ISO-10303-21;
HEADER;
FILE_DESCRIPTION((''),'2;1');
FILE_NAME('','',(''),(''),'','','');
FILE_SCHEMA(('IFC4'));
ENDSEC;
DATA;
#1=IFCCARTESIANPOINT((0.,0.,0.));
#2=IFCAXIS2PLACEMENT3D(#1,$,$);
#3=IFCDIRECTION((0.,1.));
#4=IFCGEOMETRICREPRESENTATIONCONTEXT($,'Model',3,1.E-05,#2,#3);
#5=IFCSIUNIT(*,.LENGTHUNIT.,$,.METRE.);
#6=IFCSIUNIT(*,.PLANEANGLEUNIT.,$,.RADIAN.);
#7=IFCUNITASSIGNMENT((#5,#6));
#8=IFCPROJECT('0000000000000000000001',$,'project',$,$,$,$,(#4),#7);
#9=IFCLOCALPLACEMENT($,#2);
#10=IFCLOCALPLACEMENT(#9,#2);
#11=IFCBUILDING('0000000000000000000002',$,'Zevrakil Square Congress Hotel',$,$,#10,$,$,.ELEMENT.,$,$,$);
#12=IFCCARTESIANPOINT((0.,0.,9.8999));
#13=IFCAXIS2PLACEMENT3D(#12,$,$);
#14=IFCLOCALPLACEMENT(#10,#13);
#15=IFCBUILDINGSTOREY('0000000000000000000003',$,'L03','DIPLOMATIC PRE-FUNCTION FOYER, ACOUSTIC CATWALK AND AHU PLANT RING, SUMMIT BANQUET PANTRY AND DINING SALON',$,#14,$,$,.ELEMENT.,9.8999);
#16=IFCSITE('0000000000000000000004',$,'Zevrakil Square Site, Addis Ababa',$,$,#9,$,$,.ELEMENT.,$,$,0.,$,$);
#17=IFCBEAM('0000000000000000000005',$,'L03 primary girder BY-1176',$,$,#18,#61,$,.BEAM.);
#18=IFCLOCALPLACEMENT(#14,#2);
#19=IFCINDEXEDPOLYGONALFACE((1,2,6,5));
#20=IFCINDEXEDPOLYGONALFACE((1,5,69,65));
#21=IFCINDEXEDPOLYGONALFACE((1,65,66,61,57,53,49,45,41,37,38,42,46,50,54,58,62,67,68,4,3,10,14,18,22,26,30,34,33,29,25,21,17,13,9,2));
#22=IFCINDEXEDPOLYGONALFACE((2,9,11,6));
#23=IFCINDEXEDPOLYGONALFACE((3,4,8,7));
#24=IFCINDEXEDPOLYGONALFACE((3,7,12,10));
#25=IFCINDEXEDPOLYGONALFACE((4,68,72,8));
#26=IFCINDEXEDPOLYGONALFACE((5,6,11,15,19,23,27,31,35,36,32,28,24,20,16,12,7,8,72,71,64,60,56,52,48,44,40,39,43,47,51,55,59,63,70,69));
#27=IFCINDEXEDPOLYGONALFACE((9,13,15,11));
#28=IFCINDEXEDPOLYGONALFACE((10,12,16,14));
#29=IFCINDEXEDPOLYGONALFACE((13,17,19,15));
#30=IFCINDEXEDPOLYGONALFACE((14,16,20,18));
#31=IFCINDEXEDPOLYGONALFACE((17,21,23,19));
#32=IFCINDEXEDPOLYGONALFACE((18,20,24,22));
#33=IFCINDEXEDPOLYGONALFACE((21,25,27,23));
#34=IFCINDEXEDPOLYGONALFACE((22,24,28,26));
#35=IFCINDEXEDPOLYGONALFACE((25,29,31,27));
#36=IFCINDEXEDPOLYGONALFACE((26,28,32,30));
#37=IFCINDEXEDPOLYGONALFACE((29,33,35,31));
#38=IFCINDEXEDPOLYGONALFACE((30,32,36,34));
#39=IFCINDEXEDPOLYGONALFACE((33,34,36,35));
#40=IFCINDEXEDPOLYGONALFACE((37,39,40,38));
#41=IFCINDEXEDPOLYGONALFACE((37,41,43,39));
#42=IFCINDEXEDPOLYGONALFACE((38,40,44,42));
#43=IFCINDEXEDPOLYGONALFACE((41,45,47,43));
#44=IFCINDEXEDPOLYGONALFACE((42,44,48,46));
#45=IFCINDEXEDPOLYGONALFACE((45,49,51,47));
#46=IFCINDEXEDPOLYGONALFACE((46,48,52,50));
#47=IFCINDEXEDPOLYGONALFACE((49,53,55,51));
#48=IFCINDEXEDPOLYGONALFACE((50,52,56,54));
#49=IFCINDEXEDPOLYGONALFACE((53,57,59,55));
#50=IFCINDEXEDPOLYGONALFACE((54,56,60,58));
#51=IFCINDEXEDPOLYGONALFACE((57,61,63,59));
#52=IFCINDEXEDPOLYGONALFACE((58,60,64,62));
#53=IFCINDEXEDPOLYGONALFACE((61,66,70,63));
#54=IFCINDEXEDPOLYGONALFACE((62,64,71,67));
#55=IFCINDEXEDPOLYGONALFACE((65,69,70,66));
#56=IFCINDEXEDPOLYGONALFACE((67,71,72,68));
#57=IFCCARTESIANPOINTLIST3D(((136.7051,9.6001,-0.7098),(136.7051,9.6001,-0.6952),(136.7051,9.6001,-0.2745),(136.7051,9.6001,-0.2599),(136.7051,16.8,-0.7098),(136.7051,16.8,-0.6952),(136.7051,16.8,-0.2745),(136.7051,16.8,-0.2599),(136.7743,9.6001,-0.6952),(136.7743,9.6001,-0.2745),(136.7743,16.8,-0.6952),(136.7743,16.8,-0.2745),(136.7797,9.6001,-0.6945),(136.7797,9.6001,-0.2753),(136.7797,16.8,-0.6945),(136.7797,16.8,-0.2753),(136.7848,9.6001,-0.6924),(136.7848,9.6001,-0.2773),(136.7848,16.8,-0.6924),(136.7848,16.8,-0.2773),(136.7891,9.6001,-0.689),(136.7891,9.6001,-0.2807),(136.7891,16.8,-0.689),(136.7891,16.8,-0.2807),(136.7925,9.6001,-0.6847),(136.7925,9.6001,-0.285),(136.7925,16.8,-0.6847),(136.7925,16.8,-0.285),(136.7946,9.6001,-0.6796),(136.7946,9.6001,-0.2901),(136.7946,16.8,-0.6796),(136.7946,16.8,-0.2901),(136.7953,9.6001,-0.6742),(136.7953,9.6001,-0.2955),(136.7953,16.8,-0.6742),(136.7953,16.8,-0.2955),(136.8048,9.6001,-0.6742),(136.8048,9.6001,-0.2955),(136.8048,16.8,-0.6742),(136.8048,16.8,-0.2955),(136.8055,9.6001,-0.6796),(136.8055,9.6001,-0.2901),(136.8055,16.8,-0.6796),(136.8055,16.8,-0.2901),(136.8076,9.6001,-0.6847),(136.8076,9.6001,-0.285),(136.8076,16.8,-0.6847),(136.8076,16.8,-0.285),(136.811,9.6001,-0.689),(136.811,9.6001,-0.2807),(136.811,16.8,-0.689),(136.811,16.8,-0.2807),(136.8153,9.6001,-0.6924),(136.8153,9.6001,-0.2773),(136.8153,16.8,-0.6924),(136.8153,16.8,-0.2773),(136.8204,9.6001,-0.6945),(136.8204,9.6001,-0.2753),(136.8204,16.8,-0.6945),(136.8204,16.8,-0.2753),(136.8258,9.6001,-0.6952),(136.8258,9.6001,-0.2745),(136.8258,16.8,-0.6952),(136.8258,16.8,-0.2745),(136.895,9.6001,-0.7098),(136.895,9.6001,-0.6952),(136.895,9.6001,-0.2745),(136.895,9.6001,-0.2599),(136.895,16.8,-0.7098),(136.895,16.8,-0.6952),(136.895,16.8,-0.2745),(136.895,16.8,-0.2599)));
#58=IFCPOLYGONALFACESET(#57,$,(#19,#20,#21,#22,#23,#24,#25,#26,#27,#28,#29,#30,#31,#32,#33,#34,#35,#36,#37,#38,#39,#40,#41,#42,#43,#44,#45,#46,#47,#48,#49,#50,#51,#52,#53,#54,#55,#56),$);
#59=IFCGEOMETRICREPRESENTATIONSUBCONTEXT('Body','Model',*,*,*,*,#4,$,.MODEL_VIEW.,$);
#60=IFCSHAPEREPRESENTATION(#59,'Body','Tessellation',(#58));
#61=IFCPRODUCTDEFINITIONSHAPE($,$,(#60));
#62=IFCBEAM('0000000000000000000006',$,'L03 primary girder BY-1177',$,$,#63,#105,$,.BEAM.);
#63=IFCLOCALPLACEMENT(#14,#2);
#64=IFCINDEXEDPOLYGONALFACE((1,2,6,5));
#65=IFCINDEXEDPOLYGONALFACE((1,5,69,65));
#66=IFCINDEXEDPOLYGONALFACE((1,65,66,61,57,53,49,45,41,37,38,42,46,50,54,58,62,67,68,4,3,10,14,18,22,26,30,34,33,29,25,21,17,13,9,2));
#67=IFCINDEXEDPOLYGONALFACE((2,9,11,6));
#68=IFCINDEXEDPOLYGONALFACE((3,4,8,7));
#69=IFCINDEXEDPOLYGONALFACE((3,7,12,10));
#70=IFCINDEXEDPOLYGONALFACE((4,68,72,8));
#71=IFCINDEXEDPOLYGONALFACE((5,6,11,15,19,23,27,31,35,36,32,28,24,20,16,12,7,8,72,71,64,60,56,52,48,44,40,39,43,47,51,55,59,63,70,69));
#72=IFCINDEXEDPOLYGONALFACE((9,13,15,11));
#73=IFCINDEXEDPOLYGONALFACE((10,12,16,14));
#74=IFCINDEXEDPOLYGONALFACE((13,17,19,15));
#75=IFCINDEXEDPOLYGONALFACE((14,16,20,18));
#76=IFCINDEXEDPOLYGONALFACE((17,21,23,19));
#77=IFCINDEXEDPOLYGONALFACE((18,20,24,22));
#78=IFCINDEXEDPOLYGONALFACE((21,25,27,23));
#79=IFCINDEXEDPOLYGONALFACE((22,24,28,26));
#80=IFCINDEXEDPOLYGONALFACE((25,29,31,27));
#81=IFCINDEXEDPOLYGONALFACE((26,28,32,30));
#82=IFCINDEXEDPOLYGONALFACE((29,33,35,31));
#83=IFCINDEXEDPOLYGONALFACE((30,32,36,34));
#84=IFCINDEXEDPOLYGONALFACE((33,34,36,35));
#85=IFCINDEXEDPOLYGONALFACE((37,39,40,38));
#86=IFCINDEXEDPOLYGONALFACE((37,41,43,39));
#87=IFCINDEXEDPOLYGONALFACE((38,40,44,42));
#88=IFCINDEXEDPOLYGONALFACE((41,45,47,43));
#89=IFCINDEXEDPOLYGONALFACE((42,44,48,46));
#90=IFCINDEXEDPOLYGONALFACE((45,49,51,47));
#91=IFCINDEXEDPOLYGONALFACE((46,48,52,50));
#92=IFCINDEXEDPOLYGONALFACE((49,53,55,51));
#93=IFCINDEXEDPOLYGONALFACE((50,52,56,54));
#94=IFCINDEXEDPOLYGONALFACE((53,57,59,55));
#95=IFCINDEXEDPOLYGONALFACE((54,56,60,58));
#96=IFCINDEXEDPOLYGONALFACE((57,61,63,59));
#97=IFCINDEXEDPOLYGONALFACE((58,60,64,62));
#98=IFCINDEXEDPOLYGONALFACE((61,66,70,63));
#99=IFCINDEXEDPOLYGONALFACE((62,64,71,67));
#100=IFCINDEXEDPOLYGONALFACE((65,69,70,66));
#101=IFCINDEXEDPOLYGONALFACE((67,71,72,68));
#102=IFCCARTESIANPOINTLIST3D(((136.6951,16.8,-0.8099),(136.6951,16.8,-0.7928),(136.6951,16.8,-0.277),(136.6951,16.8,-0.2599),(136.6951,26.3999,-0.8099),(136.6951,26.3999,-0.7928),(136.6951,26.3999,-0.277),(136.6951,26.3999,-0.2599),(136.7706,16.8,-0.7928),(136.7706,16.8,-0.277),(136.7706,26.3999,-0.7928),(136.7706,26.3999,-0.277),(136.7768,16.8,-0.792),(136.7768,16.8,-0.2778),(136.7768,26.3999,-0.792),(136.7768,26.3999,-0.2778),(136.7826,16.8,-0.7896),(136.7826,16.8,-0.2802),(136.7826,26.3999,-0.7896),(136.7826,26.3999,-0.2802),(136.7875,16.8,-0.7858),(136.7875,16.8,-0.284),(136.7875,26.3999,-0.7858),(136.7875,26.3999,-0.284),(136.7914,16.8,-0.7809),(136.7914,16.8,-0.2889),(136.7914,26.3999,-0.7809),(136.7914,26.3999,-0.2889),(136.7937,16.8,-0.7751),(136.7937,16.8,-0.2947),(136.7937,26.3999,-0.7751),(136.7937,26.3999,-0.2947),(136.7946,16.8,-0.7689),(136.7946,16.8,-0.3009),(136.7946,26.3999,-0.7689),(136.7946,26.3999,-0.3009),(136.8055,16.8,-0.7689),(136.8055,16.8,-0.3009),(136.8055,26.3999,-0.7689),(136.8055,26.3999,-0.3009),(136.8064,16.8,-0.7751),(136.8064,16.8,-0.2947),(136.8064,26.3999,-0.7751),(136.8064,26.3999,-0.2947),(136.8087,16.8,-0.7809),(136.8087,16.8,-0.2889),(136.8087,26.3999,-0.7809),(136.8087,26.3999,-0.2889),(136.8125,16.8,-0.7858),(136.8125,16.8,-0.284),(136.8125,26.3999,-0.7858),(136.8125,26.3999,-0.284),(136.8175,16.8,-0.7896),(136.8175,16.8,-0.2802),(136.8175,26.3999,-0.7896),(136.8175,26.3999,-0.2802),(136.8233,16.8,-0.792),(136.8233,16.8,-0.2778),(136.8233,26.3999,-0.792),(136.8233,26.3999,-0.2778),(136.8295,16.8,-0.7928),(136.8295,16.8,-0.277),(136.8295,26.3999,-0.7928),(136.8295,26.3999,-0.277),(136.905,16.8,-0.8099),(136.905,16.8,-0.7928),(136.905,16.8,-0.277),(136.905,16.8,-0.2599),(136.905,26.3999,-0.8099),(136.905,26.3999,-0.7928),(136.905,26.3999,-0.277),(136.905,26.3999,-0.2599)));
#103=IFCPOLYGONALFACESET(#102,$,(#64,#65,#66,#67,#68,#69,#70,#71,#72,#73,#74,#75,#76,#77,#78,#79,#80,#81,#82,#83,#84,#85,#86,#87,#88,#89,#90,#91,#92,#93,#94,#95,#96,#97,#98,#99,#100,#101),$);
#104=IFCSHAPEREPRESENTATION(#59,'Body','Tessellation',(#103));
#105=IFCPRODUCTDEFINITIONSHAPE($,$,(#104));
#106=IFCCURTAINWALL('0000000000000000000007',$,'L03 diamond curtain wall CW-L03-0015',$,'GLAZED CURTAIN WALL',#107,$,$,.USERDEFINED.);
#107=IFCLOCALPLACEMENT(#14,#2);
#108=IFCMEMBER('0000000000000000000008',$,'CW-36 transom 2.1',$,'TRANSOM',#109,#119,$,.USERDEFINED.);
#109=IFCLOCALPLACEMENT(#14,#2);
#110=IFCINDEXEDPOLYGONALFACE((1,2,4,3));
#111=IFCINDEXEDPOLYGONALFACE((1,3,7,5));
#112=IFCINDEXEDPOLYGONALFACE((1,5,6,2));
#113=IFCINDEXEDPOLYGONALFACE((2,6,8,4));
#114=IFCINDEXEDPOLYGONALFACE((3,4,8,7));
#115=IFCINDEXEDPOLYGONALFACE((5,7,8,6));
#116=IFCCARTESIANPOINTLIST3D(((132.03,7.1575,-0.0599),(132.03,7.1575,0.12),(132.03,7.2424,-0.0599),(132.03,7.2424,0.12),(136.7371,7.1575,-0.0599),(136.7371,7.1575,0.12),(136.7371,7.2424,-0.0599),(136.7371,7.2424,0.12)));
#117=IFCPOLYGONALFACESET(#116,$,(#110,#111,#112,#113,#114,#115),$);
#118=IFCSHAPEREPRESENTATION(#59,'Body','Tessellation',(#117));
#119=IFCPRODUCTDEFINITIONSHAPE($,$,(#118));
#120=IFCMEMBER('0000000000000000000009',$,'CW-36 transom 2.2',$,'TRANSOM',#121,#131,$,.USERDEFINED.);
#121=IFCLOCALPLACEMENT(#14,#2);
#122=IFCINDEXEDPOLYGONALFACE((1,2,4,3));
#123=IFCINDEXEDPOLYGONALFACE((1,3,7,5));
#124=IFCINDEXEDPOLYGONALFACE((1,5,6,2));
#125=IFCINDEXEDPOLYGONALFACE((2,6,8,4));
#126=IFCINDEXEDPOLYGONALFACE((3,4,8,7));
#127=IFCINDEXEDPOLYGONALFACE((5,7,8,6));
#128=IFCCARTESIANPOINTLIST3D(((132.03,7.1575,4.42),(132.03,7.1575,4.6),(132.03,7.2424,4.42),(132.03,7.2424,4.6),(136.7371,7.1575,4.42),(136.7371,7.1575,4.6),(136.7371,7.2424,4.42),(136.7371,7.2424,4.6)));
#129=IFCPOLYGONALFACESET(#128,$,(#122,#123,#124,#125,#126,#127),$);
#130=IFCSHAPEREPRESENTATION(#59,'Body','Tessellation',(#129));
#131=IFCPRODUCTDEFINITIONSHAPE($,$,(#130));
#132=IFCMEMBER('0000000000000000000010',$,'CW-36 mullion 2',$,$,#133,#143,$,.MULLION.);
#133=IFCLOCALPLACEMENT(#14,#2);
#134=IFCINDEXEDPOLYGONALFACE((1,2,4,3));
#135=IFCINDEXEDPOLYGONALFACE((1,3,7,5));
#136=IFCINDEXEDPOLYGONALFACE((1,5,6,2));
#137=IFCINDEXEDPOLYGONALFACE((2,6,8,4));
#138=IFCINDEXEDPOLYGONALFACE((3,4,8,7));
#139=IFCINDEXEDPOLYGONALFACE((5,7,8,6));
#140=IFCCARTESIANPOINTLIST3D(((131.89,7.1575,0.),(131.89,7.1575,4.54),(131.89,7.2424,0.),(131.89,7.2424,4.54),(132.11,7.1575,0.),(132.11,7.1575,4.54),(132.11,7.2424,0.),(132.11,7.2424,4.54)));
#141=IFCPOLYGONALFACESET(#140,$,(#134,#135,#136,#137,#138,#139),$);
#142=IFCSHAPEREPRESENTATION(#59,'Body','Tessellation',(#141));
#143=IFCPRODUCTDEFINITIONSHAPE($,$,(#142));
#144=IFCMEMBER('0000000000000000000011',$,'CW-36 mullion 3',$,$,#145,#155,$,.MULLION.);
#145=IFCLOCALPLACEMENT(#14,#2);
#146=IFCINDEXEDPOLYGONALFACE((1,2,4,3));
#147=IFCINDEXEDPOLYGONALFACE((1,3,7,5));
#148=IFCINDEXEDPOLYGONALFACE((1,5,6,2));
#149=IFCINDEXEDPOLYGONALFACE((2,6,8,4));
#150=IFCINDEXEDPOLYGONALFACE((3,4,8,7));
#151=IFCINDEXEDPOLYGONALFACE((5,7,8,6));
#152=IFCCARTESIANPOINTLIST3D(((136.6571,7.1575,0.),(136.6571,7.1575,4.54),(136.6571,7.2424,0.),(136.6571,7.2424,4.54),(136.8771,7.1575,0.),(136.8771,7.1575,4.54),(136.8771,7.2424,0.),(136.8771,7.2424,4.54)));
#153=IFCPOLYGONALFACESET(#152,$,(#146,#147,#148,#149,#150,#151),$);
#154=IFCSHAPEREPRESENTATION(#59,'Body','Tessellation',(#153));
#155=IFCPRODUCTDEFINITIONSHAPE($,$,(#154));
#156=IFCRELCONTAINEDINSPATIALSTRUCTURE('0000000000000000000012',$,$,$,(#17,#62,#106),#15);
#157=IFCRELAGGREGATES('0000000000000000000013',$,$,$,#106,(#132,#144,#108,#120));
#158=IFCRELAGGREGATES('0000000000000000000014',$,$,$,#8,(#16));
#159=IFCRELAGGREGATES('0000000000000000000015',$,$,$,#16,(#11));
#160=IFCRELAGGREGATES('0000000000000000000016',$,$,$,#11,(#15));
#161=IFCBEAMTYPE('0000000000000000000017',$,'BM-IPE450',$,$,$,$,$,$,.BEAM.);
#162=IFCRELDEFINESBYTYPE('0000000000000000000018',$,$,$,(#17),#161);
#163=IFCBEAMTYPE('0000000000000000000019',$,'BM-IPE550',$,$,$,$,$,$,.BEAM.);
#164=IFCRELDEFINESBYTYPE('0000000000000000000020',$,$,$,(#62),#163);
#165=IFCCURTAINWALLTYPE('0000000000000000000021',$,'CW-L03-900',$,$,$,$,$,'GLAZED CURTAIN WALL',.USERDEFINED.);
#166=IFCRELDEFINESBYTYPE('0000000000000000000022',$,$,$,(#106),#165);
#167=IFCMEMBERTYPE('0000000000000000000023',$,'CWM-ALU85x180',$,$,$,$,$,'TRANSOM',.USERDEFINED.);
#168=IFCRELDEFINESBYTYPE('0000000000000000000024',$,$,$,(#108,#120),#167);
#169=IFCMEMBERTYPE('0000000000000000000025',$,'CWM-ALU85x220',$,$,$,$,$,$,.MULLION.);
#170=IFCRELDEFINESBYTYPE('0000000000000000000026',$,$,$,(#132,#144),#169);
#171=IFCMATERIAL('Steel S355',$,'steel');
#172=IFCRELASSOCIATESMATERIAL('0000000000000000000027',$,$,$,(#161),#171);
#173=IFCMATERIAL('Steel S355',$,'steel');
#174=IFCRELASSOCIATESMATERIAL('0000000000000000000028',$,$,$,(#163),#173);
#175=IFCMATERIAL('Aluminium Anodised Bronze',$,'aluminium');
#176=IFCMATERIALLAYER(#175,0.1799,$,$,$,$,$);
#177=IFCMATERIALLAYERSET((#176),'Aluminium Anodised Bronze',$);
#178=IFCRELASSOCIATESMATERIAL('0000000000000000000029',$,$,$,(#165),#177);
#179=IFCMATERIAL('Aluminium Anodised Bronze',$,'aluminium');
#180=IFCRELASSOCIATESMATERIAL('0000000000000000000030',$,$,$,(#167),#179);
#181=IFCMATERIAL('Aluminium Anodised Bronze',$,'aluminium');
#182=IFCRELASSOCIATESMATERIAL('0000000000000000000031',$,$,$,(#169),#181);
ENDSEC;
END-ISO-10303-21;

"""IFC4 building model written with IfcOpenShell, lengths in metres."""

from ifc_helpers import new_model, si_unit, direction, frame, origin, origin_2d, place, context, subcontext, project, spatial, rectangle, i_section, extrude, material, layer, layer_set, material_profile, profile_set, type_object, element, aggregate, save


model = new_model("IFC4")

# Units and contexts
model_context = context("Model", 3, precision=1e-05, world=origin(), true_north=direction((0.0, 1.0)))
body_context = subcontext(model_context, "Body", "Model", "MODEL_VIEW")
ifc_project = project(units=[si_unit("LENGTHUNIT", "METRE"), si_unit("PLANEANGLEUNIT", "RADIAN")], contexts=[model_context])

# Site, building, storey
site_placement = place(None, origin())
site = spatial("IfcSite", under=ifc_project, at=site_placement, Name="Zevrakil Square Site, Addis Ababa", CompositionType="ELEMENT", RefElevation=0.0)
building_placement = place(site_placement, origin())
building = spatial("IfcBuilding", under=site, at=building_placement, Name="Zevrakil Square Congress Hotel", CompositionType="ELEMENT")
storey_placement = place(building_placement, frame((0.0, 0.0, 9.8999)))
storey = spatial("IfcBuildingStorey", under=building, at=storey_placement, Name="L03", Description="DIPLOMATIC PRE-FUNCTION FOYER, ACOUSTIC CATWALK AND AHU PLANT RING, SUMMIT BANQUET PANTRY AND DINING SALON", CompositionType="ELEMENT", Elevation=9.8999)

# Beams
ifc_material_1 = material(Name="Steel S355", Category="steel")
ifc_material_profile_1 = material_profile(ifc_material_1, i_section(OverallWidth=0.1899, OverallDepth=0.45, WebThickness=0.0095, FlangeThickness=0.0146, FilletRadius=0.021, at=origin_2d()), Name="IPE 450")
ifc_profile_set_1 = profile_set([ifc_material_profile_1], Name="Steel S355")
beam_type_1 = type_object("IfcBeamType", Name="BM-IPE450", PredefinedType="BEAM", material=ifc_profile_set_1)
beam_1_placement = place(storey_placement, frame((136.8, 9.6001, -0.4849), z_axis=(0.0, 1.0, 0.0), x_axis=(-1.0, 0.0, 0.0)))
element("IfcBeam", 1, at=beam_1_placement, inside=storey, type_object=beam_type_1, Name="L03 primary girder BY-1176", PredefinedType="BEAM", context=body_context, shape_type="SweptSolid", body=[
    extrude(i_section(OverallWidth=0.1899, OverallDepth=0.45, WebThickness=0.0095, FlangeThickness=0.0146, FilletRadius=0.021, at=origin_2d()), origin(), (0.0, 0.0, 1.0), 7.2),
])
ifc_material_2 = material(Name="Steel S355", Category="steel")
ifc_material_profile_2 = material_profile(ifc_material_2, i_section(OverallWidth=0.21, OverallDepth=0.55, WebThickness=0.011, FlangeThickness=0.0171, FilletRadius=0.0239, at=origin_2d()), Name="IPE 550")
ifc_profile_set_2 = profile_set([ifc_material_profile_2], Name="Steel S355")
beam_type_2 = type_object("IfcBeamType", Name="BM-IPE550", PredefinedType="BEAM", material=ifc_profile_set_2)
beam_2_placement = place(storey_placement, frame((136.8, 16.8, -0.5349), z_axis=(0.0, 1.0, 0.0), x_axis=(-1.0, 0.0, 0.0)))
element("IfcBeam", 2, at=beam_2_placement, inside=storey, type_object=beam_type_2, Name="L03 primary girder BY-1177", PredefinedType="BEAM", context=body_context, shape_type="SweptSolid", body=[
    extrude(i_section(OverallWidth=0.21, OverallDepth=0.55, WebThickness=0.011, FlangeThickness=0.0171, FilletRadius=0.0239, at=origin_2d()), origin(), (0.0, 0.0, 1.0), 9.5999),
])

# Curtain wall, members
ifc_material_3 = material(Name="Aluminium Anodised Bronze", Category="aluminium")
ifc_layer_1 = layer(ifc_material_3, 0.1799)
ifc_layer_set_1 = layer_set([ifc_layer_1], Name="Aluminium Anodised Bronze")
curtain_wall_type = type_object("IfcCurtainWallType", Name="CW-L03-900", ElementType="GLAZED CURTAIN WALL", PredefinedType="USERDEFINED", material=ifc_layer_set_1)
curtain_wall_placement = place(storey_placement, origin())
curtain_wall = element("IfcCurtainWall", 3, at=curtain_wall_placement, inside=storey, type_object=curtain_wall_type, Name="L03 diamond curtain wall CW-L03-0015", ObjectType="GLAZED CURTAIN WALL", PredefinedType="USERDEFINED")
ifc_material_4 = material(Name="Aluminium Anodised Bronze", Category="aluminium")
ifc_material_profile_3 = material_profile(ifc_material_4, rectangle(XDim=0.085, YDim=0.1799, at=origin_2d()), Name="ALU 85x180")
ifc_profile_set_3 = profile_set([ifc_material_profile_3], Name="Aluminium Anodised Bronze")
member_type_1 = type_object("IfcMemberType", Name="CWM-ALU85x180", ElementType="TRANSOM", PredefinedType="USERDEFINED", material=ifc_profile_set_3)
member_1_placement = place(storey_placement, frame((132.03, 7.2, 0.03), z_axis=(1.0, 0.0, 0.0), x_axis=(0.0, 1.0, 0.0)))
member_1 = element("IfcMember", 4, at=member_1_placement, type_object=member_type_1, Name="CW-36 transom 2.1", ObjectType="TRANSOM", PredefinedType="USERDEFINED", context=body_context, shape_type="SweptSolid", body=[
    extrude(rectangle(XDim=0.085, YDim=0.1799, at=origin_2d()), origin(), (0.0, 0.0, 1.0), 4.707),
])
member_2_placement = place(storey_placement, frame((132.03, 7.2, 4.51), z_axis=(1.0, 0.0, 0.0), x_axis=(0.0, 1.0, 0.0)))
member_2 = element("IfcMember", 5, at=member_2_placement, type_object=member_type_1, Name="CW-36 transom 2.2", ObjectType="TRANSOM", PredefinedType="USERDEFINED", context=body_context, shape_type="SweptSolid", body=[
    extrude(rectangle(XDim=0.085, YDim=0.1799, at=origin_2d()), origin(), (0.0, 0.0, 1.0), 4.707),
])
ifc_material_5 = material(Name="Aluminium Anodised Bronze", Category="aluminium")
ifc_material_profile_4 = material_profile(ifc_material_5, rectangle(XDim=0.085, YDim=0.22, at=origin_2d()), Name="ALU 85x220")
ifc_profile_set_4 = profile_set([ifc_material_profile_4], Name="Aluminium Anodised Bronze")
member_type_2 = type_object("IfcMemberType", Name="CWM-ALU85x220", PredefinedType="MULLION", material=ifc_profile_set_4)
member_3_placement = place(storey_placement, frame((132.0, 7.2, 0.0), z_axis=(0.0, 0.0, 1.0), x_axis=(0.0, 1.0, 0.0)))
member_3 = element("IfcMember", 6, at=member_3_placement, type_object=member_type_2, Name="CW-36 mullion 2", PredefinedType="MULLION", context=body_context, shape_type="SweptSolid", body=[
    extrude(rectangle(XDim=0.085, YDim=0.22, at=origin_2d()), origin(), (0.0, 0.0, 1.0), 4.54),
])
member_4_placement = place(storey_placement, frame((136.7671, 7.2, 0.0), z_axis=(0.0, 0.0, 1.0), x_axis=(0.0, 1.0, 0.0)))
member_4 = element("IfcMember", 7, at=member_4_placement, type_object=member_type_2, Name="CW-36 mullion 3", PredefinedType="MULLION", context=body_context, shape_type="SweptSolid", body=[
    extrude(rectangle(XDim=0.085, YDim=0.22, at=origin_2d()), origin(), (0.0, 0.0, 1.0), 4.54),
])

aggregate(curtain_wall, [member_3, member_4, member_1, member_2])

save(model, "model.ifc")
